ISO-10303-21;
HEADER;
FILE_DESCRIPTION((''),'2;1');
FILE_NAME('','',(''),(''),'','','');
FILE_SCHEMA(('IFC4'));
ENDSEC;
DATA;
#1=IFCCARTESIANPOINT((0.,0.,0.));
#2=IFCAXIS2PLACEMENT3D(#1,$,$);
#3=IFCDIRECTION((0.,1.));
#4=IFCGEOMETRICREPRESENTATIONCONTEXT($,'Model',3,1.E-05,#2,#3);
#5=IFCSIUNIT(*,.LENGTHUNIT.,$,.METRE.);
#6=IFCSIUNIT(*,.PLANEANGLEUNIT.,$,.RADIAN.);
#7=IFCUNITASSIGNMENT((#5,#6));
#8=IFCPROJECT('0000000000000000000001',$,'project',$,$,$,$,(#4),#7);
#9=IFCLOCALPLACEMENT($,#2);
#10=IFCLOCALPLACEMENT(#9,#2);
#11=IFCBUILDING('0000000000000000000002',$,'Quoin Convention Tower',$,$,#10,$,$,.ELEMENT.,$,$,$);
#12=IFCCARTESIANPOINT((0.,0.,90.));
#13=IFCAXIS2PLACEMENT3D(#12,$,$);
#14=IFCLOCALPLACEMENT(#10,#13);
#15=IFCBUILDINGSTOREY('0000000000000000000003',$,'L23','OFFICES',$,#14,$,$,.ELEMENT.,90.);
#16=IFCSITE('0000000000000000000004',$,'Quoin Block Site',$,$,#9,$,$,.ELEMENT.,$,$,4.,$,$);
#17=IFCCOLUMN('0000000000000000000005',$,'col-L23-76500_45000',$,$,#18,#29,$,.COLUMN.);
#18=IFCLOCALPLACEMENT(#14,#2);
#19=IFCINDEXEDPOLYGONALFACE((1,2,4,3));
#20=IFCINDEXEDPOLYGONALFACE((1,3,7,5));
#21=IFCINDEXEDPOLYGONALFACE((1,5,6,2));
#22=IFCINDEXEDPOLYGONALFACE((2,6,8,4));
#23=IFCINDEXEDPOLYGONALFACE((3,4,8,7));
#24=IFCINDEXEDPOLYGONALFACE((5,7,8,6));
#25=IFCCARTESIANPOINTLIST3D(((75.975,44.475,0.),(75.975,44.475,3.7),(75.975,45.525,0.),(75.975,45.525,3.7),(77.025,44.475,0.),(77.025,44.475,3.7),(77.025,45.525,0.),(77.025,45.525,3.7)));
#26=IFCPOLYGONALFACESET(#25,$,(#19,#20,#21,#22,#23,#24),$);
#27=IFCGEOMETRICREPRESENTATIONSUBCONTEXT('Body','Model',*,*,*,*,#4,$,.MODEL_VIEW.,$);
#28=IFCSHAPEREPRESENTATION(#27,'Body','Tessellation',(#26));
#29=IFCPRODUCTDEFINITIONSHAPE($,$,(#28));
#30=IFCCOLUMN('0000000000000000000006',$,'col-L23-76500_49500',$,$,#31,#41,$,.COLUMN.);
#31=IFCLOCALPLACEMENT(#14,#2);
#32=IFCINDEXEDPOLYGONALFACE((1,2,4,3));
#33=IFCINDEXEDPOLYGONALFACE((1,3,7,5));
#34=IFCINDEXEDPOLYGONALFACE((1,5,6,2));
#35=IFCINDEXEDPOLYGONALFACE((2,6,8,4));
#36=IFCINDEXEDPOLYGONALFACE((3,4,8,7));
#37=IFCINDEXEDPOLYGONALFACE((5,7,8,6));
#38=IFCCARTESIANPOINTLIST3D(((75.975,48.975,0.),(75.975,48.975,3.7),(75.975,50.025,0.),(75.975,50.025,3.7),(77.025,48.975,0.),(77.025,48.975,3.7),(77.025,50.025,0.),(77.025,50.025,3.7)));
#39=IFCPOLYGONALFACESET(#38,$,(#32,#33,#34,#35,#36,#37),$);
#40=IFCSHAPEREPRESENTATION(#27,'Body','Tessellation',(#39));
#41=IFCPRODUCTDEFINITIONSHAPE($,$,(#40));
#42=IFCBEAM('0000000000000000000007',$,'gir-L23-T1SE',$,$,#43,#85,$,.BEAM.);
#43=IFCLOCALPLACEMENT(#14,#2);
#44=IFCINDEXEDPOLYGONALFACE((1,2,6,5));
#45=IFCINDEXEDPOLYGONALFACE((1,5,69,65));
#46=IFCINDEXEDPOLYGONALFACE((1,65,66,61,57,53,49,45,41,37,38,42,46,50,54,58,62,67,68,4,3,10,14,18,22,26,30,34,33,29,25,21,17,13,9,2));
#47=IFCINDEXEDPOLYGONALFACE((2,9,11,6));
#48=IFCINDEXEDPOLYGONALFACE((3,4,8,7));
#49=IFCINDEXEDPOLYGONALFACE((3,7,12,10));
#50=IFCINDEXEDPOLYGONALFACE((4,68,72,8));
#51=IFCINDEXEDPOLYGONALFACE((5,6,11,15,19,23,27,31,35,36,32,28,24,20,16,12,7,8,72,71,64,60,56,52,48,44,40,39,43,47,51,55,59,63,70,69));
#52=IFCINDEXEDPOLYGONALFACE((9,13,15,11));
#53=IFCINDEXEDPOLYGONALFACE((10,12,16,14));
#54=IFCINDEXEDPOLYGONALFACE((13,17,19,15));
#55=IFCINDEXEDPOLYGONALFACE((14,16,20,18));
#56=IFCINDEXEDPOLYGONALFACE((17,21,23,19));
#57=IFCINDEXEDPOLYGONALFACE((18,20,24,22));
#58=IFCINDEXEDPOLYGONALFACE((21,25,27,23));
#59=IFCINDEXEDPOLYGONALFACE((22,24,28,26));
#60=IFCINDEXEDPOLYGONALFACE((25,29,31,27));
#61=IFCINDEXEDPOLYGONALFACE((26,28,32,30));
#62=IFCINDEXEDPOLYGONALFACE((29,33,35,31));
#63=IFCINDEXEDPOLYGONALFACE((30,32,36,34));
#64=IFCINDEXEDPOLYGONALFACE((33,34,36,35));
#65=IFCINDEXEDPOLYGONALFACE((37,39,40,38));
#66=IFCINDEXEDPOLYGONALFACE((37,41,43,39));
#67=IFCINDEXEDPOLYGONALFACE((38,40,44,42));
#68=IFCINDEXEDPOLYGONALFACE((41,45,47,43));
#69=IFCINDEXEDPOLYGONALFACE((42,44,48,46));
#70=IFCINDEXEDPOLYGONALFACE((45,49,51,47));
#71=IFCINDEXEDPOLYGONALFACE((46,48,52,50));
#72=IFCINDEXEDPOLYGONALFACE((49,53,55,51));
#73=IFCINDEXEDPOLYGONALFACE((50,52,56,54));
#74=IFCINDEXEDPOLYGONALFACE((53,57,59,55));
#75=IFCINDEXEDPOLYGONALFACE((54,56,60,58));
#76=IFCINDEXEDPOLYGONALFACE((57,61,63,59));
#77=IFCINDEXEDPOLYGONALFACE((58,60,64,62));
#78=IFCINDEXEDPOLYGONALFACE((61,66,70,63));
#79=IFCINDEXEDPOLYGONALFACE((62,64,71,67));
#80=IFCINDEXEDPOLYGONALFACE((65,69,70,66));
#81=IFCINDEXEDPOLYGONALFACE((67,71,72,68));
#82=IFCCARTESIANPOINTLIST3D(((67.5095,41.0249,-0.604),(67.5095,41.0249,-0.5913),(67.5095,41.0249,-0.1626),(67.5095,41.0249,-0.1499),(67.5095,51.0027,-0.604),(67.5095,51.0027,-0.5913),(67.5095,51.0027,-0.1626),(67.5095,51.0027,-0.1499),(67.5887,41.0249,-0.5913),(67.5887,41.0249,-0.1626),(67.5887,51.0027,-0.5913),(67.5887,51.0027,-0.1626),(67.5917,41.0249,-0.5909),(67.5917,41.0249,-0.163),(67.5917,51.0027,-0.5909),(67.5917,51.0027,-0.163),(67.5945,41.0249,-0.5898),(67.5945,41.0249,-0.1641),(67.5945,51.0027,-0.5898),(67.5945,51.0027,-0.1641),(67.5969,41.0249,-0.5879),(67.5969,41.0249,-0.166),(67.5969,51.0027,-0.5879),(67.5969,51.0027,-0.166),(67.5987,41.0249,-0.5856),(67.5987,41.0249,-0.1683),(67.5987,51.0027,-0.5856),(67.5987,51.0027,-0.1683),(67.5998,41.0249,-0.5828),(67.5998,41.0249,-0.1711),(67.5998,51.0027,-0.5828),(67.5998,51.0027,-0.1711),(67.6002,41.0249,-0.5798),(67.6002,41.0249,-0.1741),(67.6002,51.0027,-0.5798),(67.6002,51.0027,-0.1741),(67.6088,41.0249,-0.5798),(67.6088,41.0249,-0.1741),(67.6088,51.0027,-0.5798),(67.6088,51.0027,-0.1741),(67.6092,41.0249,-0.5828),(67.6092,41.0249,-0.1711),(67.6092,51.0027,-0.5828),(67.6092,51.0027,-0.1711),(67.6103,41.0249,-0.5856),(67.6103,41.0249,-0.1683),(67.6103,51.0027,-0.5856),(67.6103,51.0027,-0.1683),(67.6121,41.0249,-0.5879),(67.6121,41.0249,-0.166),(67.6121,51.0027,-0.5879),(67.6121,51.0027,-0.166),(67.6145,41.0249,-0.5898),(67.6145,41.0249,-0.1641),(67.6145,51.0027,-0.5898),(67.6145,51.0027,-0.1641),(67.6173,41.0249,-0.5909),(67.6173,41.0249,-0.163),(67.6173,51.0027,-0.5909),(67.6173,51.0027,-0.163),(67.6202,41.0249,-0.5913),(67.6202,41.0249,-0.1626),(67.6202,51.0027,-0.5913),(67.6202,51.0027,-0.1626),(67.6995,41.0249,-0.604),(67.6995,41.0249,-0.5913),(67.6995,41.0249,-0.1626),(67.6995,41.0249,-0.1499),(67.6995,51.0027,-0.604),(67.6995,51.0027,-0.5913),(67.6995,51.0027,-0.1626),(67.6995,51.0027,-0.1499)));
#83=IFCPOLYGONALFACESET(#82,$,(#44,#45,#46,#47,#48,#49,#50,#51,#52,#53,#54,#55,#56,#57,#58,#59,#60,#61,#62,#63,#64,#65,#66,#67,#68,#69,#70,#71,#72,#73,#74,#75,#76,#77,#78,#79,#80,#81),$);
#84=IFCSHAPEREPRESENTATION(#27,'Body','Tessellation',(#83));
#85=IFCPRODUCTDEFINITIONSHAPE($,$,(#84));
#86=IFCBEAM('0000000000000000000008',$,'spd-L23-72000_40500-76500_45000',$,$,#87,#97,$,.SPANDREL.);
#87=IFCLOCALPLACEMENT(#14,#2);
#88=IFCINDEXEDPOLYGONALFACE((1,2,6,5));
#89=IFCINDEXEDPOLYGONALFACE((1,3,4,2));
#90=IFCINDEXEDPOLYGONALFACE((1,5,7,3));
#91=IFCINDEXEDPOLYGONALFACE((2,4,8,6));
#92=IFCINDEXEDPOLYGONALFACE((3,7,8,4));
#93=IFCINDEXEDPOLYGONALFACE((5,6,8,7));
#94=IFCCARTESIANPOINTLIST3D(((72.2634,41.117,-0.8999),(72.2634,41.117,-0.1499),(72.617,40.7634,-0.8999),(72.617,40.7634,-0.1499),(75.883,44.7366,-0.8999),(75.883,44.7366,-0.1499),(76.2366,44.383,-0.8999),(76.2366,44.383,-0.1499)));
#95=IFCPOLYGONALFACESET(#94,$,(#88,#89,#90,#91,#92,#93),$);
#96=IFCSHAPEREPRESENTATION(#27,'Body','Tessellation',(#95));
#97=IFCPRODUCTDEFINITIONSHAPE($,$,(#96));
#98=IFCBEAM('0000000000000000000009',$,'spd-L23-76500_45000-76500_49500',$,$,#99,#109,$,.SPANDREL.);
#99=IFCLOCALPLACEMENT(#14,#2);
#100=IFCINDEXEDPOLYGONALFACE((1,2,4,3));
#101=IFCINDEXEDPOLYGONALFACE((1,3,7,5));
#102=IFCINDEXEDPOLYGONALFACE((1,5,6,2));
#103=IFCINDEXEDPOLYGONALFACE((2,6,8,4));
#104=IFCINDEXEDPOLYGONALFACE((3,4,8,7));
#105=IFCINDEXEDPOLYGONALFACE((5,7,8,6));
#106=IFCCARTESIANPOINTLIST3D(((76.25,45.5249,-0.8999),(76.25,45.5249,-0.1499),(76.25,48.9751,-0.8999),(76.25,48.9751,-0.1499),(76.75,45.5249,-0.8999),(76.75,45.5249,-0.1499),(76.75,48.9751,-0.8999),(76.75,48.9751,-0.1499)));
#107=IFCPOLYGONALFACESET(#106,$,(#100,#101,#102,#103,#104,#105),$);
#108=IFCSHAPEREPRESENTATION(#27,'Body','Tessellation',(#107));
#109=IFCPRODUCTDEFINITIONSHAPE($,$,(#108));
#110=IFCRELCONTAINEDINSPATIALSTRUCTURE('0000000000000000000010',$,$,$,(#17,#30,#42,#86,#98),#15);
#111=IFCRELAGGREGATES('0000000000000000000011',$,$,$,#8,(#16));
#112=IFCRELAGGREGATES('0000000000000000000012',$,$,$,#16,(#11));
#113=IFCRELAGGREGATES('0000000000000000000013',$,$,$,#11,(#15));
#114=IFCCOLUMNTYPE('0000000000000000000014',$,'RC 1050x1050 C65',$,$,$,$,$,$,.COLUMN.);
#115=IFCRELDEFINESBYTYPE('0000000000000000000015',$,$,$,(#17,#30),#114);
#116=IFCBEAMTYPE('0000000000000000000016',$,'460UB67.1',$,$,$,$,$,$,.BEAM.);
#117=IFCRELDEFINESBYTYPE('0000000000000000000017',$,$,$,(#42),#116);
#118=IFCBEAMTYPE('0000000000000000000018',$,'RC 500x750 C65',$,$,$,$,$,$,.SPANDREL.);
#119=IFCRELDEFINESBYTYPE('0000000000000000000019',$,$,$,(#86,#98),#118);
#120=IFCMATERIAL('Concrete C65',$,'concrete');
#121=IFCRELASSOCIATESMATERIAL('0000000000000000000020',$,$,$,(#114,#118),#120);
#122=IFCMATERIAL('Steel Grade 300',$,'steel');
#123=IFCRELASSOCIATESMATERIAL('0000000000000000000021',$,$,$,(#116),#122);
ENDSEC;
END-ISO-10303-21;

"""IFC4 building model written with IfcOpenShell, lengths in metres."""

from ifc_helpers import new_model, si_unit, direction, frame, origin, origin_2d, place, context, subcontext, project, spatial, rectangle, i_section, extrude, material, material_profile, profile_set, type_object, element, save


model = new_model("IFC4")

# Units and contexts
model_context = context("Model", 3, precision=1e-05, world=origin(), true_north=direction((0.0, 1.0)))
body_context = subcontext(model_context, "Body", "Model", "MODEL_VIEW")
ifc_project = project(units=[si_unit("LENGTHUNIT", "METRE"), si_unit("PLANEANGLEUNIT", "RADIAN")], contexts=[model_context])

# Site, building, storey
site_placement = place(None, origin())
site = spatial("IfcSite", under=ifc_project, at=site_placement, Name="Quoin Block Site", CompositionType="ELEMENT", RefElevation=4.0)
building_placement = place(site_placement, origin())
building = spatial("IfcBuilding", under=site, at=building_placement, Name="Quoin Convention Tower", CompositionType="ELEMENT")
storey_placement = place(building_placement, frame((0.0, 0.0, 90.0)))
storey = spatial("IfcBuildingStorey", under=building, at=storey_placement, Name="L23", Description="OFFICES", CompositionType="ELEMENT", Elevation=90.0)

# Columns
ifc_material_1 = material(Name="Concrete C65", Category="concrete")
ifc_material_profile_1 = material_profile(ifc_material_1, rectangle(XDim=1.05, YDim=1.05, at=origin_2d()), Name="RC 1050x1050")
ifc_profile_set_1 = profile_set([ifc_material_profile_1], Name="Concrete C65")
column_type = type_object("IfcColumnType", Name="RC 1050x1050 C65", PredefinedType="COLUMN", material=ifc_profile_set_1)
for number, where, z_axis, x_axis, name in (
    (1, (76.5, 45.0, 0.0), (0.0, 0.0, 1.0), (1.0, 0.0, 0.0), "col-L23-76500_45000"),
    (2, (76.5, 49.5, 0.0), (0.0, 0.0, 1.0), (1.0, 0.0, 0.0), "col-L23-76500_49500"),
):
    element("IfcColumn", number, at=place(storey_placement, frame(where, z_axis=z_axis, x_axis=x_axis)), inside=storey, type_object=column_type, Name=name, PredefinedType="COLUMN", context=body_context, shape_type="SweptSolid", body=[
        extrude(rectangle(XDim=1.05, YDim=1.05, at=origin_2d()), origin(), (0.0, 0.0, 1.0), 3.7),
    ])

# Beams
ifc_material_2 = material(Name="Steel Grade 300", Category="steel")
ifc_material_profile_2 = material_profile(ifc_material_2, i_section(OverallWidth=0.1899, OverallDepth=0.4541, WebThickness=0.0085, FlangeThickness=0.0127, FilletRadius=0.0115, at=origin_2d()), Name="460UB67.1")
ifc_profile_set_2 = profile_set([ifc_material_profile_2], Name="Steel Grade 300")
beam_type_1 = type_object("IfcBeamType", Name="460UB67.1", PredefinedType="BEAM", material=ifc_profile_set_2)
beam_1_placement = place(storey_placement, frame((67.6045, 41.0249, -0.377), z_axis=(0.0, 1.0, 0.0), x_axis=(-1.0, 0.0, 0.0)))
element("IfcBeam", 3, at=beam_1_placement, inside=storey, type_object=beam_type_1, Name="gir-L23-T1SE", PredefinedType="BEAM", context=body_context, shape_type="SweptSolid", body=[
    extrude(i_section(OverallWidth=0.1899, OverallDepth=0.4541, WebThickness=0.0085, FlangeThickness=0.0127, FilletRadius=0.0115, at=origin_2d()), origin(), (0.0, 0.0, 1.0), 9.9778),
])
ifc_material_profile_3 = material_profile(ifc_material_1, rectangle(XDim=0.5, YDim=0.75, at=origin_2d()), Name="RC 500x750")
ifc_profile_set_3 = profile_set([ifc_material_profile_3], Name="Concrete C65")
beam_type_2 = type_object("IfcBeamType", Name="RC 500x750 C65", PredefinedType="SPANDREL", material=ifc_profile_set_3)
beam_2_placement = place(storey_placement, frame((72.4402, 40.9402, -0.5249), z_axis=(0.707107, 0.707107, 0.0), x_axis=(-0.707107, 0.707107, 0.0)))
element("IfcBeam", 4, at=beam_2_placement, inside=storey, type_object=beam_type_2, Name="spd-L23-72000_40500-76500_45000", PredefinedType="SPANDREL", context=body_context, shape_type="SweptSolid", body=[
    extrude(rectangle(XDim=0.5, YDim=0.75, at=origin_2d()), origin(), (0.0, 0.0, 1.0), 5.1189),
])
beam_3_placement = place(storey_placement, frame((76.5, 45.5249, -0.5249), z_axis=(0.0, 1.0, 0.0), x_axis=(-1.0, 0.0, 0.0)))
element("IfcBeam", 5, at=beam_3_placement, inside=storey, type_object=beam_type_2, Name="spd-L23-76500_45000-76500_49500", PredefinedType="SPANDREL", context=body_context, shape_type="SweptSolid", body=[
    extrude(rectangle(XDim=0.5, YDim=0.75, at=origin_2d()), origin(), (0.0, 0.0, 1.0), 3.4502),
])

save(model, "model.ifc")
